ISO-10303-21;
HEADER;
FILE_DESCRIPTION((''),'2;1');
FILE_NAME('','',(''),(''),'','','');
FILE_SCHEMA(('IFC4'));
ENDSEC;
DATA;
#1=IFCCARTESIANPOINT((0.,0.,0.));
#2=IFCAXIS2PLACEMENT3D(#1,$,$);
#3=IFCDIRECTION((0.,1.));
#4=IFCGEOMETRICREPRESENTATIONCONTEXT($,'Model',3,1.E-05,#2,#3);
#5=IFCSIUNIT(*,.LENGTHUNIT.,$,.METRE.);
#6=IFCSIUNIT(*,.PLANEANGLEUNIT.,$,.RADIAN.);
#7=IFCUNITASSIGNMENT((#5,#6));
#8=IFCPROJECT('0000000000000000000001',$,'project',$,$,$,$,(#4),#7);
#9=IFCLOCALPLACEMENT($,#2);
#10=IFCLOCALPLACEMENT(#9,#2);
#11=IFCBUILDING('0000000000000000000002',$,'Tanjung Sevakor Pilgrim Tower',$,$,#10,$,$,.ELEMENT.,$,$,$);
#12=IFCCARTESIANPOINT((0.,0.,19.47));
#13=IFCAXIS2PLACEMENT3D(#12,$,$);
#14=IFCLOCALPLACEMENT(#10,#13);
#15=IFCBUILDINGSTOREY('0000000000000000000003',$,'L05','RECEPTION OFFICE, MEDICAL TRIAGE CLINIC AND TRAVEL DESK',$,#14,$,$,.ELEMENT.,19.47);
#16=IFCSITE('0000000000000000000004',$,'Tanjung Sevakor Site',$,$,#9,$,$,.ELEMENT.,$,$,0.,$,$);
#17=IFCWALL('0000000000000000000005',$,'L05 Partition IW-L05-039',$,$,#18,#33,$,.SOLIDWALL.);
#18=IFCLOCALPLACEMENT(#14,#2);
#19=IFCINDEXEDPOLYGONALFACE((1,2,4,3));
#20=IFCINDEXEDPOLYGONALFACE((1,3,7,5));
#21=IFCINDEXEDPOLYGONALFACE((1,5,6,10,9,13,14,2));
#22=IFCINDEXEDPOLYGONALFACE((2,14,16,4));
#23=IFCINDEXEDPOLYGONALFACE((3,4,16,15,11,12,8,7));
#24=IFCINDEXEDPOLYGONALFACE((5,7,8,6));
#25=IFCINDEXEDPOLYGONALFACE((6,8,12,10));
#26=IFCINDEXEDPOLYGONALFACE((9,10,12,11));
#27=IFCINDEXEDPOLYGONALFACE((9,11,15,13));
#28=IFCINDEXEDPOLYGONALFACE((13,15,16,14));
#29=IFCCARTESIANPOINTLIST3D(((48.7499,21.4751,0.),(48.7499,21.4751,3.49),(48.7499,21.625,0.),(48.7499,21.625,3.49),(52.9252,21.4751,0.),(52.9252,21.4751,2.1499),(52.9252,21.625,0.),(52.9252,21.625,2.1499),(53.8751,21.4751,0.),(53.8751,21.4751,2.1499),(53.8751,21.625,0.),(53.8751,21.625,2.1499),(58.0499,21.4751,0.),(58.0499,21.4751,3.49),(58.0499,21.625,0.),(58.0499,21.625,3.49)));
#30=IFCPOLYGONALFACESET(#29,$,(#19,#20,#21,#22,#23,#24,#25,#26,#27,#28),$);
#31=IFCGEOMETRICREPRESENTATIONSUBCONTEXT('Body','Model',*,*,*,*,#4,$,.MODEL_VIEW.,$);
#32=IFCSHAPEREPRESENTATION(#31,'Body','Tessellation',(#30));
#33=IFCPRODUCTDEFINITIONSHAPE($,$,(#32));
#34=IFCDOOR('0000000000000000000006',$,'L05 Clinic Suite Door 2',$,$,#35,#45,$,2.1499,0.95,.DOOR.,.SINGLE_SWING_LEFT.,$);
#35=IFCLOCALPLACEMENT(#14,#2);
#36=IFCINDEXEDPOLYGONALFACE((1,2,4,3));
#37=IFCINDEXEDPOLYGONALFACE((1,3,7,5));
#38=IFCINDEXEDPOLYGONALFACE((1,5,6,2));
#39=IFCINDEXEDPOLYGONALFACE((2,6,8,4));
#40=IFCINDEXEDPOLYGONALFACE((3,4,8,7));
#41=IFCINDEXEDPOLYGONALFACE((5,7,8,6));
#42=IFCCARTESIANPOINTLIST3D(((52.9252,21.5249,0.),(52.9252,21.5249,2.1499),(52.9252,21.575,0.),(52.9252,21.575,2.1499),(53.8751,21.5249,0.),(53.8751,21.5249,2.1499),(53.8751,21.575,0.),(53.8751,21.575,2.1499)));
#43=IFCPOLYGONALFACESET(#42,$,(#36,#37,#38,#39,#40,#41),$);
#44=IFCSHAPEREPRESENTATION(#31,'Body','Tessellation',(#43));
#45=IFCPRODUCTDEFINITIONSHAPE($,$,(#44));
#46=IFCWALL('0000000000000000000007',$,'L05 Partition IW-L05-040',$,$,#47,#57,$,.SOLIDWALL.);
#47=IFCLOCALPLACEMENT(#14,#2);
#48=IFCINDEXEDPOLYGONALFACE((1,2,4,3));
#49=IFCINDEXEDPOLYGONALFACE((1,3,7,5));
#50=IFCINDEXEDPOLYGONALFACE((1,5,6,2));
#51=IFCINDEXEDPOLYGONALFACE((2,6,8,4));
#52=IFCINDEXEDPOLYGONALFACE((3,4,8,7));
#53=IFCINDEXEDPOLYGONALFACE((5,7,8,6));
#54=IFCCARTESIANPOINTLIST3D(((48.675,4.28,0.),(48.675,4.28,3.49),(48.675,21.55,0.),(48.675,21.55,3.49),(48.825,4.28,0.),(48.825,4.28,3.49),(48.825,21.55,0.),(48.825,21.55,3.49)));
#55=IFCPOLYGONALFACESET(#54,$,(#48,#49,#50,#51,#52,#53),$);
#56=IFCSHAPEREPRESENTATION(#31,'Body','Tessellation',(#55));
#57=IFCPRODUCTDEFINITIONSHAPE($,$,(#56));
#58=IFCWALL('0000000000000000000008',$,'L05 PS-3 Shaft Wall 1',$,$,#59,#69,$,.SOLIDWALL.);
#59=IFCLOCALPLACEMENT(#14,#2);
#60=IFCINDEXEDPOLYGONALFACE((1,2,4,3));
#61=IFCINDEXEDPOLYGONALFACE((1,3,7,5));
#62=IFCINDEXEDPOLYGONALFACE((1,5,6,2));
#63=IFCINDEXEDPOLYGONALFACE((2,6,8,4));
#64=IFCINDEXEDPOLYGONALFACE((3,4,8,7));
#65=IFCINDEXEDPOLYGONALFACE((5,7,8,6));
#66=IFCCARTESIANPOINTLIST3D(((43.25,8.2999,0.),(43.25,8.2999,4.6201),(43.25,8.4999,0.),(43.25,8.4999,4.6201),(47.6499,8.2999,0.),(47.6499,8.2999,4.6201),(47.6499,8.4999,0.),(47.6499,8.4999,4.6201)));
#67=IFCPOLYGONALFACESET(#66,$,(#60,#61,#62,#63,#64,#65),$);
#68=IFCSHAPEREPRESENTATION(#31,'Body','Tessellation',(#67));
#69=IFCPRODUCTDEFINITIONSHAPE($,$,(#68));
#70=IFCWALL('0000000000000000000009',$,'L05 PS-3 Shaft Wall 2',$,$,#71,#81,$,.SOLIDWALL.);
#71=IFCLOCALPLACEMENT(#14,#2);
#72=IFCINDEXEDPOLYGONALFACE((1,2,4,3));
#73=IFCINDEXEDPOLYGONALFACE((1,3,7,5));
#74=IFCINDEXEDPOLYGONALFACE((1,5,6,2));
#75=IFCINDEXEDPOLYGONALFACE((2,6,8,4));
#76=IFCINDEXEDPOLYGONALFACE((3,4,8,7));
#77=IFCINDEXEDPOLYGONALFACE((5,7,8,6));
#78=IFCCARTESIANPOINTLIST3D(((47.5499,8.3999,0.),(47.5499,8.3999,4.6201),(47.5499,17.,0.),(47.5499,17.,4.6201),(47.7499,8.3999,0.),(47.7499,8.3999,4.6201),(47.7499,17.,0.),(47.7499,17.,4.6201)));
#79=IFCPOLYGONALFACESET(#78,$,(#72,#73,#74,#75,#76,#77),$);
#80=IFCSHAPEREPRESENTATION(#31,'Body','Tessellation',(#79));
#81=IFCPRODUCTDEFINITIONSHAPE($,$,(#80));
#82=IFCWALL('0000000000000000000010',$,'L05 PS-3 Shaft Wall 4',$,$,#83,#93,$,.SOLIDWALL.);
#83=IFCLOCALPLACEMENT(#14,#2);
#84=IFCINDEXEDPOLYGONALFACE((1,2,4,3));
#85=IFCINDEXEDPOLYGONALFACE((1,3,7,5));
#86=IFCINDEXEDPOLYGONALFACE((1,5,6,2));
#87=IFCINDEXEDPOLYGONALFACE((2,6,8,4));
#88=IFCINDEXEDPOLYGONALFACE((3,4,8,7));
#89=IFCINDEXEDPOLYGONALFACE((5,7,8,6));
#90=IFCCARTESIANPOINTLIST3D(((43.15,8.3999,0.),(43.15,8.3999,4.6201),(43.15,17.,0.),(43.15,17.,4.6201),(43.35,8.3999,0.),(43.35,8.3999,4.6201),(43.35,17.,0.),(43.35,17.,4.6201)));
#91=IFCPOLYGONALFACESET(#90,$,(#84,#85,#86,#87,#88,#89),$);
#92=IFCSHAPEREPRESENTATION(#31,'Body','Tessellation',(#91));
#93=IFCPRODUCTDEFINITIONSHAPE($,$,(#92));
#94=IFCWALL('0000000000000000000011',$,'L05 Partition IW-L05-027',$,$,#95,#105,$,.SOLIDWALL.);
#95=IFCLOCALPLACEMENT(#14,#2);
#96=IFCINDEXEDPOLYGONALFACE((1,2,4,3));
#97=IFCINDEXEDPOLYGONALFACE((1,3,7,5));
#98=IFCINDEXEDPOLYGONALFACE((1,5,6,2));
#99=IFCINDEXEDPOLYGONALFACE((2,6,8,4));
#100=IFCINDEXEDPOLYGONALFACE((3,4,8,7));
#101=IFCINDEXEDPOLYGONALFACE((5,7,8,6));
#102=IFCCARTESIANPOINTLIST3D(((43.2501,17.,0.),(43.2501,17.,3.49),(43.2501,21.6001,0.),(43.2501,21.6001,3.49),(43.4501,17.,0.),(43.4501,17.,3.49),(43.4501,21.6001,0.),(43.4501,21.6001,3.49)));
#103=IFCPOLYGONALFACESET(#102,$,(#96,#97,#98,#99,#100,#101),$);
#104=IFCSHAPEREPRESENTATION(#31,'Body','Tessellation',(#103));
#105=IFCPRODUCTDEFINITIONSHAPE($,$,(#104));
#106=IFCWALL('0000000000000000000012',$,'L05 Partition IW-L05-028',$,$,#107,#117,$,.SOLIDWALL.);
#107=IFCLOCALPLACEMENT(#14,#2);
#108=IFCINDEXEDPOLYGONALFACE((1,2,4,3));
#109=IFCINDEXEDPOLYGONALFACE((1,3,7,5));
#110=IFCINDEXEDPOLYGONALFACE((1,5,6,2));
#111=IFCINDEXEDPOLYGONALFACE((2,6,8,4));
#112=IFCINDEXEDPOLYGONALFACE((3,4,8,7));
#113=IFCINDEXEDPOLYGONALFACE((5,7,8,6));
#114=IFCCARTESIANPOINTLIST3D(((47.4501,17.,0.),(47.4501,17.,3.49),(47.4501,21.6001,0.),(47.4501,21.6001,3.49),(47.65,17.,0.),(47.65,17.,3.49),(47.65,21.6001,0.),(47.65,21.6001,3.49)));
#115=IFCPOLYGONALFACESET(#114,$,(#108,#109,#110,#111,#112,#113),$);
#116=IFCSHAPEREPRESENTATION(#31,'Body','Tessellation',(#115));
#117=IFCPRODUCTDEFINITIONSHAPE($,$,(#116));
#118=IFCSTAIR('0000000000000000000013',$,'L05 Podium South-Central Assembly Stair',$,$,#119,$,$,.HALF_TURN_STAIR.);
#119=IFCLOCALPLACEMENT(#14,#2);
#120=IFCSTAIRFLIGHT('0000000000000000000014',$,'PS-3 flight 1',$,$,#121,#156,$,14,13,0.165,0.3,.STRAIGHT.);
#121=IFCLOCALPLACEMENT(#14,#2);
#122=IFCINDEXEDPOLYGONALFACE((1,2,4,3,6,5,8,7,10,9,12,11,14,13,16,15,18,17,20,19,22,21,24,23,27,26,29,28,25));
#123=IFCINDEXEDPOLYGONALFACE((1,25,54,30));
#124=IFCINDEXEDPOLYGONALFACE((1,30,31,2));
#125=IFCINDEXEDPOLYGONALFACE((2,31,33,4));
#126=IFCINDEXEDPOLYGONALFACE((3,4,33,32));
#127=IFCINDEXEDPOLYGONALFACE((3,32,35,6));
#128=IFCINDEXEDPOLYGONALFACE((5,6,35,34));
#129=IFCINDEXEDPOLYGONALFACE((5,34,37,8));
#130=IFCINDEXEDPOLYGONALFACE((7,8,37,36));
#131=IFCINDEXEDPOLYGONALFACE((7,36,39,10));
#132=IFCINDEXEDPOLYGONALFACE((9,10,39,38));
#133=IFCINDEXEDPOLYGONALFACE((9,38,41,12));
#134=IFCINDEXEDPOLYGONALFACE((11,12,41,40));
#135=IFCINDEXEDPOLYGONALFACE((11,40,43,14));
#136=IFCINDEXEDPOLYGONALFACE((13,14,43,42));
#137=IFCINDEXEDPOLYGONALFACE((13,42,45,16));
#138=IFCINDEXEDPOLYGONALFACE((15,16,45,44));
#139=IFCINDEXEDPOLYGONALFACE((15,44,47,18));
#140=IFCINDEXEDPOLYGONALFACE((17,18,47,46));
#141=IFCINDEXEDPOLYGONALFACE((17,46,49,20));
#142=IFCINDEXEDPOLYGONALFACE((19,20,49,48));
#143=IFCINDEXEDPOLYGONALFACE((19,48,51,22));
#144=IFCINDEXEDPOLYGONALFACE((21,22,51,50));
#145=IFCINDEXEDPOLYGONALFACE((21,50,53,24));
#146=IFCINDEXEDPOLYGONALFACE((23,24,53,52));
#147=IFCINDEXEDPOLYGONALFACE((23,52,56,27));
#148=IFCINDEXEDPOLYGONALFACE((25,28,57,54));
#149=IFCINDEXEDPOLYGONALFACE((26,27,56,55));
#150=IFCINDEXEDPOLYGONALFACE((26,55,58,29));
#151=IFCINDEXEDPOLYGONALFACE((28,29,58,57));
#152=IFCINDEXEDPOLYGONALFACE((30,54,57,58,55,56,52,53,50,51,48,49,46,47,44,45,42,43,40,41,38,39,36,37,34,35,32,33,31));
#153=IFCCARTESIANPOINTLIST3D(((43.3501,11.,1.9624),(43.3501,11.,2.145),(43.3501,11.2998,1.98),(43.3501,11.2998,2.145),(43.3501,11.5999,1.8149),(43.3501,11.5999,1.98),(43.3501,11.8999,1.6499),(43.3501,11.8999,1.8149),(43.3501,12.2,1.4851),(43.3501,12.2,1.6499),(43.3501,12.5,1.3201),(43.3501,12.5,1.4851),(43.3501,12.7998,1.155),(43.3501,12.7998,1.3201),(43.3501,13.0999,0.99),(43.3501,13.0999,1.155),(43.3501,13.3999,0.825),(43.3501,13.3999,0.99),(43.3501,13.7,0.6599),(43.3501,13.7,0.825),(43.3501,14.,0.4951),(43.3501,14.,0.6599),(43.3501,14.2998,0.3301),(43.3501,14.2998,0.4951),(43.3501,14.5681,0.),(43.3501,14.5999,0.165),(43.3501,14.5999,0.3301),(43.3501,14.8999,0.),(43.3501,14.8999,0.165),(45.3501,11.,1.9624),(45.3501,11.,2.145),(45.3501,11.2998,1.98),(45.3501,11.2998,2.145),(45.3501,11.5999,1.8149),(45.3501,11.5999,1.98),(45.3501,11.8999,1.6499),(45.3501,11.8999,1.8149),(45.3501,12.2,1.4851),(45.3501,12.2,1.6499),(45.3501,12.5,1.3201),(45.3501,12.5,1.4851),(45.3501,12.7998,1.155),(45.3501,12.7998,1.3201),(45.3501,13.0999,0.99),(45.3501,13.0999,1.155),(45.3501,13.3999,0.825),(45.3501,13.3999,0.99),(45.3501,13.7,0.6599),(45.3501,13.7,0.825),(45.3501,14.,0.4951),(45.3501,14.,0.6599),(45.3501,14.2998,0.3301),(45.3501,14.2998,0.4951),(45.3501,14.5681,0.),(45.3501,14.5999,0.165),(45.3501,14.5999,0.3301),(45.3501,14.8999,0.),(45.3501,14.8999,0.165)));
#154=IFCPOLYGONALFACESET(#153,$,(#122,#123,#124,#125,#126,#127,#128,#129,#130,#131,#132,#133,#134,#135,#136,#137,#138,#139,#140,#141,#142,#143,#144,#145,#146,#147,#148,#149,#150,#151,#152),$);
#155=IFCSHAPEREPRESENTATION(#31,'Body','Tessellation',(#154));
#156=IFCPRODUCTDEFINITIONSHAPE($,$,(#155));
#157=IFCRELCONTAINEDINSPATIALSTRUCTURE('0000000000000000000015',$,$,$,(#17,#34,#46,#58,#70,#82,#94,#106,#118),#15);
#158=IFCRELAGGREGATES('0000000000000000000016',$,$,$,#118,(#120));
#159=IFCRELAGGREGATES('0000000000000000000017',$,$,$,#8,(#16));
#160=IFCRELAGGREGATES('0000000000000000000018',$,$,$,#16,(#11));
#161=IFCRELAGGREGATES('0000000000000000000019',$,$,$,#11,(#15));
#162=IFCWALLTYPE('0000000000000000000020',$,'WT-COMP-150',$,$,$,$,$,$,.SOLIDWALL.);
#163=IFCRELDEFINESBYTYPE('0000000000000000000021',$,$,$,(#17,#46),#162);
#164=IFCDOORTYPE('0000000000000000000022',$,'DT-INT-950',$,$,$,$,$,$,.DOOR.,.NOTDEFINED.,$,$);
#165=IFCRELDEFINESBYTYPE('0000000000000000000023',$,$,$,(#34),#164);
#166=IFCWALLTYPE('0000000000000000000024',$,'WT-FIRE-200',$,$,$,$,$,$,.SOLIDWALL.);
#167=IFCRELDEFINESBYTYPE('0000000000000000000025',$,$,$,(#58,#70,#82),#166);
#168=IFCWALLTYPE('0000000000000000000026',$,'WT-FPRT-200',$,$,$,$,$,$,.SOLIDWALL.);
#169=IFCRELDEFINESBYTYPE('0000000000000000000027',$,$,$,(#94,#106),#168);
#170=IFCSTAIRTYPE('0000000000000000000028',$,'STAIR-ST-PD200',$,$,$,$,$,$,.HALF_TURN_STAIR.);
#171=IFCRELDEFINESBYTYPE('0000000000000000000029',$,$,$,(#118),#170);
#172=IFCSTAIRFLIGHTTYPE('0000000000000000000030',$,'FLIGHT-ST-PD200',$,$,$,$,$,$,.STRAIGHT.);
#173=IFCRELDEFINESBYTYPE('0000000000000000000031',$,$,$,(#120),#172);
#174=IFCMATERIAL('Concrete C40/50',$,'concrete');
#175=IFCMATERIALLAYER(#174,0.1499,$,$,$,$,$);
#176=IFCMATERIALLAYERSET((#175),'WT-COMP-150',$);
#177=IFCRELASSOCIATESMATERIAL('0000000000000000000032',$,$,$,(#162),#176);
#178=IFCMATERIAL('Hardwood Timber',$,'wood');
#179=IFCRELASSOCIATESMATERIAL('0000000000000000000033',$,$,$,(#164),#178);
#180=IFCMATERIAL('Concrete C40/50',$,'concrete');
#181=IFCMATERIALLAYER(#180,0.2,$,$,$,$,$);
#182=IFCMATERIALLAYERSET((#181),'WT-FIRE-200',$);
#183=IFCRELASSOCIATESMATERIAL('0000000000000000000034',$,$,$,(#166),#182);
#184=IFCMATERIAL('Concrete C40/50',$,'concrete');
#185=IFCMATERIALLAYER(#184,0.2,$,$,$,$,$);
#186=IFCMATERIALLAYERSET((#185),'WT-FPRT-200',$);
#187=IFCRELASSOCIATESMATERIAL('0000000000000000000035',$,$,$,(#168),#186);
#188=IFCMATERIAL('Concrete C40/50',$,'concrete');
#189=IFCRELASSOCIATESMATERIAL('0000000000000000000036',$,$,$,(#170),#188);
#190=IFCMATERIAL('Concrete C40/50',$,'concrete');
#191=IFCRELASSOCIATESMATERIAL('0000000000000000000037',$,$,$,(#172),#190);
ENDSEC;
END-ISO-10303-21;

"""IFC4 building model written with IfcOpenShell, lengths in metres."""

from ifc_helpers import new_model, si_unit, direction, frame, frame_2d, origin, place, context, subcontext, project, spatial, polyline, rectangle, outline, extrude, material, layer, layer_set, type_object, element, fill, aggregate, save


model = new_model("IFC4")

# Units and contexts
model_context = context("Model", 3, precision=1e-05, world=origin(), true_north=direction((0.0, 1.0)))
body_context = subcontext(model_context, "Body", "Model", "MODEL_VIEW")
ifc_project = project(units=[si_unit("LENGTHUNIT", "METRE"), si_unit("PLANEANGLEUNIT", "RADIAN")], contexts=[model_context])

# Site, building, storey
site_placement = place(None, origin())
site = spatial("IfcSite", under=ifc_project, at=site_placement, Name="Tanjung Sevakor Site", CompositionType="ELEMENT", RefElevation=0.0)
building_placement = place(site_placement, origin())
building = spatial("IfcBuilding", under=site, at=building_placement, Name="Tanjung Sevakor Pilgrim Tower", CompositionType="ELEMENT")
storey_placement = place(building_placement, frame((0.0, 0.0, 19.47)))
storey = spatial("IfcBuildingStorey", under=building, at=storey_placement, Name="L05", Description="RECEPTION OFFICE, MEDICAL TRIAGE CLINIC AND TRAVEL DESK", CompositionType="ELEMENT", Elevation=19.47)

# Wall, opening, door
ifc_material_1 = material(Name="Concrete C40/50", Category="concrete")
ifc_layer_1 = layer(ifc_material_1, 0.1499)
ifc_layer_set_1 = layer_set([ifc_layer_1], Name="WT-COMP-150")
wall_type_1 = type_object("IfcWallType", Name="WT-COMP-150", PredefinedType="SOLIDWALL", material=ifc_layer_set_1)
wall_1_placement = place(storey_placement, frame((48.75, 21.55, 0.0), z_axis=(0.0, 0.0, 1.0), x_axis=(1.0, 0.0, 0.0)))
wall_1 = element("IfcWall", 1, at=wall_1_placement, inside=storey, type_object=wall_type_1, Name="L05 Partition IW-L05-039", PredefinedType="SOLIDWALL", context=body_context, shape_type="SweptSolid", body=[
    extrude(rectangle(XDim=9.3, YDim=0.1499, at=frame_2d((4.6499, 0.0))), origin(), (0.0, 0.0, 1.0), 3.49),
])
opening_1_placement = place(wall_1_placement, frame((4.175, 0.0, 0.0)))
opening_1 = element("IfcOpeningElement", 2, at=opening_1_placement, cuts=wall_1, PredefinedType="OPENING", context=body_context, shape_type="SweptSolid", body=[
    extrude(rectangle(XDim=0.95, YDim=2.1499, at=frame_2d((0.4751, 1.075))), frame((0.0, 0.085, 0.0), z_axis=(0.0, -1.0, 0.0), x_axis=(1.0, 0.0, 0.0)), (0.0, 0.0, 1.0), 0.1699),
])
ifc_material_2 = material(Name="Hardwood Timber", Category="wood")
door_type_1 = type_object("IfcDoorType", Name="DT-INT-950", OperationType="NOTDEFINED", PredefinedType="DOOR", material=ifc_material_2)
door_1_placement = place(opening_1_placement, origin())
door_1 = element("IfcDoor", 3, at=door_1_placement, inside=storey, type_object=door_type_1, Name="L05 Clinic Suite Door 2", OperationType="SINGLE_SWING_LEFT", OverallHeight=2.1499, OverallWidth=0.95, PredefinedType="DOOR", context=body_context, shape_type="SweptSolid", body=[
    extrude(rectangle(XDim=0.95, YDim=2.1499, at=frame_2d((0.4751, 1.075))), frame((0.0, 0.0249, 0.0), z_axis=(0.0, -1.0, 0.0), x_axis=(1.0, 0.0, 0.0)), (0.0, 0.0, 1.0), 0.05),
])
fill(opening_1, door_1)

# Walls
wall_2_placement = place(storey_placement, frame((48.75, 4.28, 0.0), z_axis=(0.0, 0.0, 1.0), x_axis=(0.0, 1.0, 0.0)))
element("IfcWall", 4, at=wall_2_placement, inside=storey, type_object=wall_type_1, Name="L05 Partition IW-L05-040", PredefinedType="SOLIDWALL", context=body_context, shape_type="SweptSolid", body=[
    extrude(rectangle(XDim=17.27, YDim=0.1499, at=frame_2d((8.635, 0.0))), origin(), (0.0, 0.0, 1.0), 3.49),
])
ifc_material_3 = material(Name="Concrete C40/50", Category="concrete")
ifc_layer_2 = layer(ifc_material_3, 0.2)
ifc_layer_set_2 = layer_set([ifc_layer_2], Name="WT-FIRE-200")
wall_type_2 = type_object("IfcWallType", Name="WT-FIRE-200", PredefinedType="SOLIDWALL", material=ifc_layer_set_2)
wall_3_placement = place(storey_placement, frame((43.25, 8.3999, 0.0), z_axis=(0.0, 0.0, 1.0), x_axis=(1.0, 0.0, 0.0)))
element("IfcWall", 5, at=wall_3_placement, inside=storey, type_object=wall_type_2, Name="L05 PS-3 Shaft Wall 1", PredefinedType="SOLIDWALL", context=body_context, shape_type="SweptSolid", body=[
    extrude(rectangle(XDim=4.3999, YDim=0.2, at=frame_2d((2.2, 0.0))), origin(), (0.0, 0.0, 1.0), 4.6201),
])
wall_4_placement = place(storey_placement, frame((47.6499, 8.3999, 0.0), z_axis=(0.0, 0.0, 1.0), x_axis=(0.0, 1.0, 0.0)))
element("IfcWall", 6, at=wall_4_placement, inside=storey, type_object=wall_type_2, Name="L05 PS-3 Shaft Wall 2", PredefinedType="SOLIDWALL", context=body_context, shape_type="SweptSolid", body=[
    extrude(rectangle(XDim=8.6001, YDim=0.2, at=frame_2d((4.3, 0.0))), origin(), (0.0, 0.0, 1.0), 4.6201),
])

# Walls
wall_5_placement = place(storey_placement, frame((43.25, 17.0, 0.0), z_axis=(0.0, 0.0, 1.0), x_axis=(0.0, -1.0, 0.0)))
element("IfcWall", 7, at=wall_5_placement, inside=storey, type_object=wall_type_2, Name="L05 PS-3 Shaft Wall 4", PredefinedType="SOLIDWALL", context=body_context, shape_type="SweptSolid", body=[
    extrude(rectangle(XDim=8.6001, YDim=0.2, at=frame_2d((4.3, 0.0))), origin(), (0.0, 0.0, 1.0), 4.6201),
])
ifc_material_4 = material(Name="Concrete C40/50", Category="concrete")
ifc_layer_3 = layer(ifc_material_4, 0.2)
ifc_layer_set_3 = layer_set([ifc_layer_3], Name="WT-FPRT-200")
wall_type_3 = type_object("IfcWallType", Name="WT-FPRT-200", PredefinedType="SOLIDWALL", material=ifc_layer_set_3)
for number, where, z_axis, x_axis, name in (
    (8, (43.3501, 17.0, 0.0), (0.0, 0.0, 1.0), (0.0, 1.0, 0.0), "L05 Partition IW-L05-027"),
    (9, (47.55, 17.0, 0.0), (0.0, 0.0, 1.0), (0.0, 1.0, 0.0), "L05 Partition IW-L05-028"),
):
    element("IfcWall", number, at=place(storey_placement, frame(where, z_axis=z_axis, x_axis=x_axis)), inside=storey, type_object=wall_type_3, Name=name, PredefinedType="SOLIDWALL", context=body_context, shape_type="SweptSolid", body=[
        extrude(rectangle(XDim=4.6001, YDim=0.2, at=frame_2d((2.3, 0.0))), origin(), (0.0, 0.0, 1.0), 3.49),
    ])

# Stair, stair flight
ifc_material_5 = material(Name="Concrete C40/50", Category="concrete")
stair_type = type_object("IfcStairType", Name="STAIR-ST-PD200", PredefinedType="HALF_TURN_STAIR", material=ifc_material_5)
stair_placement = place(storey_placement, origin())
stair = element("IfcStair", 10, at=stair_placement, inside=storey, type_object=stair_type, Name="L05 Podium South-Central Assembly Stair", PredefinedType="HALF_TURN_STAIR")
ifc_material_6 = material(Name="Concrete C40/50", Category="concrete")
stair_flight_type = type_object("IfcStairFlightType", Name="FLIGHT-ST-PD200", PredefinedType="STRAIGHT", material=ifc_material_6)
stair_flight_1_placement = place(storey_placement, frame((44.3501, 14.8999, 0.0), z_axis=(0.0, 0.0, 1.0), x_axis=(0.0, -1.0, 0.0)))
stair_flight_1 = element("IfcStairFlight", 11, at=stair_flight_1_placement, type_object=stair_flight_type, Name="PS-3 flight 1", NumberOfRisers=14, NumberOfTreads=13, PredefinedType="STRAIGHT", RiserHeight=0.165, TreadLength=0.3, context=body_context, shape_type="SweptSolid", body=[
    extrude(outline(polyline([(0.0, 0.0), (0.0, 0.165), (0.3, 0.165), (0.3, 0.3301), (0.6001, 0.3301), (0.6001, 0.4951), (0.8999, 0.4951), (0.8999, 0.6599), (1.2, 0.6599), (1.2, 0.825), (1.5, 0.825), (1.5, 0.99), (1.8, 0.99), (1.8, 1.155), (2.1001, 1.155), (2.1001, 1.3201), (2.3999, 1.3201), (2.3999, 1.4851), (2.7, 1.4851), (2.7, 1.6499), (3.0, 1.6499), (3.0, 1.8149), (3.3, 1.8149), (3.3, 1.98), (3.6001, 1.98), (3.6001, 2.145), (3.8999, 2.145), (3.8999, 2.3101), (3.8999, 1.9624), (0.3318, 0.0), (0.0, 0.0)])), frame((0.0, 1.0, 0.0), z_axis=(0.0, -1.0, 0.0), x_axis=(1.0, 0.0, 0.0)), (0.0, 0.0, 1.0), 2.0),
])
aggregate(stair, [stair_flight_1])

save(model, "model.ifc")
